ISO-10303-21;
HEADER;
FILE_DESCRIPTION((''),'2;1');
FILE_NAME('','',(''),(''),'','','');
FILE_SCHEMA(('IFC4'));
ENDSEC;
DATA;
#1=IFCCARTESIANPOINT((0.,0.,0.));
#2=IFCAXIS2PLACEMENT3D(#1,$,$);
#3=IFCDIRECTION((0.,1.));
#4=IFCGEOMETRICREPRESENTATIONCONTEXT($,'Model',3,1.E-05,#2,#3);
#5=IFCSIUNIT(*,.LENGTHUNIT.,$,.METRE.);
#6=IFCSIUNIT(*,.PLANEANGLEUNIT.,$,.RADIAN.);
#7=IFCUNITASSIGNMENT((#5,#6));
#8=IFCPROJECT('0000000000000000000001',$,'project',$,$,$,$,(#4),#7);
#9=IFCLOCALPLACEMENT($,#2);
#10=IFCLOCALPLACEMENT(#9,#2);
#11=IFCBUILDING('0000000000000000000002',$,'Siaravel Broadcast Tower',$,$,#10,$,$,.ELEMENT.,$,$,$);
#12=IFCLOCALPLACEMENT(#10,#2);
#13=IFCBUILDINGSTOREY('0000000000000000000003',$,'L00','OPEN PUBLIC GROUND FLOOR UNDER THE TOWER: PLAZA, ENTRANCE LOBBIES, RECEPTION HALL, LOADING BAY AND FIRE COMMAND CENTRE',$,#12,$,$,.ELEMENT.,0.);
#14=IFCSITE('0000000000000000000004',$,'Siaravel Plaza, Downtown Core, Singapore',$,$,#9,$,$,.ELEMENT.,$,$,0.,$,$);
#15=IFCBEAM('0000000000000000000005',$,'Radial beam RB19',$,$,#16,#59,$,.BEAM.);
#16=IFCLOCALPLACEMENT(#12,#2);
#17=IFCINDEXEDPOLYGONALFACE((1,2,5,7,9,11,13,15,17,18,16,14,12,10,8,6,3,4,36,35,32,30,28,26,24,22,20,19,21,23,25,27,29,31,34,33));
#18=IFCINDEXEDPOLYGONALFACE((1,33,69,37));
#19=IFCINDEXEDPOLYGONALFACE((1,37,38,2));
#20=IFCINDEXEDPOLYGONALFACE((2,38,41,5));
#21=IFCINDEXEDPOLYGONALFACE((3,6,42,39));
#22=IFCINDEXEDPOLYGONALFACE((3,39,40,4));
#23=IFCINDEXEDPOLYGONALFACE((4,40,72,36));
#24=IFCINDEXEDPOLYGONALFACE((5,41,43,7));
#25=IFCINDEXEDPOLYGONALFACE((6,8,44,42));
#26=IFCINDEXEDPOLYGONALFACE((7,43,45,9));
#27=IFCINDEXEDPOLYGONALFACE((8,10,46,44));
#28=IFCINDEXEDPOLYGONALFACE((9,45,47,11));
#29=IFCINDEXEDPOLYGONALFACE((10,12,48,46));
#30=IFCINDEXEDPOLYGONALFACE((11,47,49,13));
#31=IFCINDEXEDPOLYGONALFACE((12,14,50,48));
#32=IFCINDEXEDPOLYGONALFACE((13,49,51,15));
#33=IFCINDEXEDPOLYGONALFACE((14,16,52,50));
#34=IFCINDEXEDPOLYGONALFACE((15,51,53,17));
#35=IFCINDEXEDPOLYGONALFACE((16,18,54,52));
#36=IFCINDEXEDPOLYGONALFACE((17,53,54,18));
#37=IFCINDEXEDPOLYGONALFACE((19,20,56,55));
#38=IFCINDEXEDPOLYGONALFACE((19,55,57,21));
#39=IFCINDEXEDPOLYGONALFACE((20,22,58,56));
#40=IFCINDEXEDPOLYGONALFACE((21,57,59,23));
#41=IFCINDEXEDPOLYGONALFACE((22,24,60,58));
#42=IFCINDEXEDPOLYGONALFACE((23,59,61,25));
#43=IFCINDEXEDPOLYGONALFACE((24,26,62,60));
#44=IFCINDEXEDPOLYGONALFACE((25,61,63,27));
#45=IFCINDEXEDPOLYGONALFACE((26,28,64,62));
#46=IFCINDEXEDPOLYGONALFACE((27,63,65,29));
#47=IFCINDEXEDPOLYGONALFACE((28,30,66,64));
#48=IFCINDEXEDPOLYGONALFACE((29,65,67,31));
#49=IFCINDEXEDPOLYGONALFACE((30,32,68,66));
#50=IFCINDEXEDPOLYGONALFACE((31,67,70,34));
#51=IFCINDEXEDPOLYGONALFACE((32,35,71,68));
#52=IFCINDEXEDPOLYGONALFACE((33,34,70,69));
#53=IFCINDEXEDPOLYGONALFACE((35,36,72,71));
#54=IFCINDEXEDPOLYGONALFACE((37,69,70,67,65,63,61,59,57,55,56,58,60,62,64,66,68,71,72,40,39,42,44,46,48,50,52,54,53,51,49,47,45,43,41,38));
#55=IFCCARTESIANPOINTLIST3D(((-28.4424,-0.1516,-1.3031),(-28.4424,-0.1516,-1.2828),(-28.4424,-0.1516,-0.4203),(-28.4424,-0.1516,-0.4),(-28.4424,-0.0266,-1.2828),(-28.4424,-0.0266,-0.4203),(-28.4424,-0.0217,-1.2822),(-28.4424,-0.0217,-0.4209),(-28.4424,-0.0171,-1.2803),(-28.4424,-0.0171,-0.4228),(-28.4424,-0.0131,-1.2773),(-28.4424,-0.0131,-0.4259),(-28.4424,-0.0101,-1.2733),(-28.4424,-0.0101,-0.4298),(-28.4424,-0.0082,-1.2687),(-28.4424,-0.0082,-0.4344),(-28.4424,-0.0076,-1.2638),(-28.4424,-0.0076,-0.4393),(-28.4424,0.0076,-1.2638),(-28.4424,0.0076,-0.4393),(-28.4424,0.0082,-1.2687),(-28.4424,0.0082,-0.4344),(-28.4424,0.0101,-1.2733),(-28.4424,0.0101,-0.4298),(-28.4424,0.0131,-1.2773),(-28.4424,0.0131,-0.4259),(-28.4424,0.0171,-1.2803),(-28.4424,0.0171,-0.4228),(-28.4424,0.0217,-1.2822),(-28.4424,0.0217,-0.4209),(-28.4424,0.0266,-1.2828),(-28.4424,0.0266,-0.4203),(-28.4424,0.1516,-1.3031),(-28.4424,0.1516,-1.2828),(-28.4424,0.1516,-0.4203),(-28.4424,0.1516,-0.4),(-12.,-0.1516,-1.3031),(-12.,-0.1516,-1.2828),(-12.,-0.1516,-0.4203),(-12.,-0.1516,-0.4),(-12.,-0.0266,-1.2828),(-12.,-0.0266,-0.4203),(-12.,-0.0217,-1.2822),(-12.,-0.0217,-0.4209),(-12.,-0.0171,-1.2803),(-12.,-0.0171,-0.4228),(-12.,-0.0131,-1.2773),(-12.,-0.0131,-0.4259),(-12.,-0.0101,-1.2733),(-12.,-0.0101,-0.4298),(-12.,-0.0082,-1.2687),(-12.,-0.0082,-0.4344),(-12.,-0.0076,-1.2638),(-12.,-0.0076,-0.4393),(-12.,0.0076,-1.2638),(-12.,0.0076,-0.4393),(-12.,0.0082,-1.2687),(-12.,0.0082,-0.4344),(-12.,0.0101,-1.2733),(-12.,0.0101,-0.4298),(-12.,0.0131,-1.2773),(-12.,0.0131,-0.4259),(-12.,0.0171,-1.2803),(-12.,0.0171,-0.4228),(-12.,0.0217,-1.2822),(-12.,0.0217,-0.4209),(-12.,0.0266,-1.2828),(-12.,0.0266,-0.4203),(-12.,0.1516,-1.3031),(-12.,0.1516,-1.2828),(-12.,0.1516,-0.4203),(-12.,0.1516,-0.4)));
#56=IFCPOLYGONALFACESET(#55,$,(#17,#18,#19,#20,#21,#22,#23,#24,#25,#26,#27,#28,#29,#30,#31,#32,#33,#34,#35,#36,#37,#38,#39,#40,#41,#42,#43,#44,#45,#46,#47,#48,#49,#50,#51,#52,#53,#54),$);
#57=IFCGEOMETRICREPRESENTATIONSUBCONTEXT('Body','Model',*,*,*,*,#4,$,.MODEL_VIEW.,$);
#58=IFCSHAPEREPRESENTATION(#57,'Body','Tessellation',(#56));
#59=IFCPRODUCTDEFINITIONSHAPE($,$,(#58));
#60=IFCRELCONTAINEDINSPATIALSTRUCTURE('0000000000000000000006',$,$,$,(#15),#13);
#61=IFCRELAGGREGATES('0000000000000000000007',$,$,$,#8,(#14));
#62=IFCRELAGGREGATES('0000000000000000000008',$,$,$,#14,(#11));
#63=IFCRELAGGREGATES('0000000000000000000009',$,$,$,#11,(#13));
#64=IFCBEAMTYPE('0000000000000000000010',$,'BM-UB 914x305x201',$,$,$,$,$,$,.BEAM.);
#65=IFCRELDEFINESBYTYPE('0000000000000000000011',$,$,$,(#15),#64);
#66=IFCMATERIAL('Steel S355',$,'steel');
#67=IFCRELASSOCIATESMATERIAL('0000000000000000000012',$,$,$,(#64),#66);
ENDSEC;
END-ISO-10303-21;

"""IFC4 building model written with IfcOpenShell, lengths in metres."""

from ifc_helpers import new_model, si_unit, direction, frame, origin, origin_2d, place, context, subcontext, project, spatial, i_section, extrude, material, material_profile, profile_set, type_object, element, save


model = new_model("IFC4")

# Units and contexts
model_context = context("Model", 3, precision=1e-05, world=origin(), true_north=direction((0.0, 1.0)))
body_context = subcontext(model_context, "Body", "Model", "MODEL_VIEW")
ifc_project = project(units=[si_unit("LENGTHUNIT", "METRE"), si_unit("PLANEANGLEUNIT", "RADIAN")], contexts=[model_context])

# Site, building, storey
site_placement = place(None, origin())
site = spatial("IfcSite", under=ifc_project, at=site_placement, Name="Siaravel Plaza, Downtown Core, Singapore", CompositionType="ELEMENT", RefElevation=0.0)
building_placement = place(site_placement, origin())
building = spatial("IfcBuilding", under=site, at=building_placement, Name="Siaravel Broadcast Tower", CompositionType="ELEMENT")
storey_placement = place(building_placement, origin())
storey = spatial("IfcBuildingStorey", under=building, at=storey_placement, Name="L00", Description="OPEN PUBLIC GROUND FLOOR UNDER THE TOWER: PLAZA, ENTRANCE LOBBIES, RECEPTION HALL, LOADING BAY AND FIRE COMMAND CENTRE", CompositionType="ELEMENT", Elevation=0.0)

# Beam
ifc_material_1 = material(Name="Steel S355", Category="steel")
ifc_material_profile_1 = material_profile(ifc_material_1, i_section(OverallWidth=0.3032, OverallDepth=0.9031, WebThickness=0.0151, FlangeThickness=0.0203, FilletRadius=0.019, at=origin_2d()))
ifc_profile_set_1 = profile_set([ifc_material_profile_1], Name="Steel S355")
beam_type = type_object("IfcBeamType", Name="BM-UB 914x305x201", PredefinedType="BEAM", material=ifc_profile_set_1)
beam_1_placement = place(storey_placement, frame((-28.4424, 0.0, -0.8516), z_axis=(1.0, 0.0, 0.0), x_axis=(0.0, 1.0, 0.0)))
element("IfcBeam", 1, at=beam_1_placement, inside=storey, type_object=beam_type, Name="Radial beam RB19", PredefinedType="BEAM", context=body_context, shape_type="SweptSolid", body=[
    extrude(i_section(OverallWidth=0.3032, OverallDepth=0.9031, WebThickness=0.0151, FlangeThickness=0.0203, FilletRadius=0.019, at=origin_2d()), origin(), (0.0, 0.0, 1.0), 16.4424),
])

save(model, "model.ifc")
